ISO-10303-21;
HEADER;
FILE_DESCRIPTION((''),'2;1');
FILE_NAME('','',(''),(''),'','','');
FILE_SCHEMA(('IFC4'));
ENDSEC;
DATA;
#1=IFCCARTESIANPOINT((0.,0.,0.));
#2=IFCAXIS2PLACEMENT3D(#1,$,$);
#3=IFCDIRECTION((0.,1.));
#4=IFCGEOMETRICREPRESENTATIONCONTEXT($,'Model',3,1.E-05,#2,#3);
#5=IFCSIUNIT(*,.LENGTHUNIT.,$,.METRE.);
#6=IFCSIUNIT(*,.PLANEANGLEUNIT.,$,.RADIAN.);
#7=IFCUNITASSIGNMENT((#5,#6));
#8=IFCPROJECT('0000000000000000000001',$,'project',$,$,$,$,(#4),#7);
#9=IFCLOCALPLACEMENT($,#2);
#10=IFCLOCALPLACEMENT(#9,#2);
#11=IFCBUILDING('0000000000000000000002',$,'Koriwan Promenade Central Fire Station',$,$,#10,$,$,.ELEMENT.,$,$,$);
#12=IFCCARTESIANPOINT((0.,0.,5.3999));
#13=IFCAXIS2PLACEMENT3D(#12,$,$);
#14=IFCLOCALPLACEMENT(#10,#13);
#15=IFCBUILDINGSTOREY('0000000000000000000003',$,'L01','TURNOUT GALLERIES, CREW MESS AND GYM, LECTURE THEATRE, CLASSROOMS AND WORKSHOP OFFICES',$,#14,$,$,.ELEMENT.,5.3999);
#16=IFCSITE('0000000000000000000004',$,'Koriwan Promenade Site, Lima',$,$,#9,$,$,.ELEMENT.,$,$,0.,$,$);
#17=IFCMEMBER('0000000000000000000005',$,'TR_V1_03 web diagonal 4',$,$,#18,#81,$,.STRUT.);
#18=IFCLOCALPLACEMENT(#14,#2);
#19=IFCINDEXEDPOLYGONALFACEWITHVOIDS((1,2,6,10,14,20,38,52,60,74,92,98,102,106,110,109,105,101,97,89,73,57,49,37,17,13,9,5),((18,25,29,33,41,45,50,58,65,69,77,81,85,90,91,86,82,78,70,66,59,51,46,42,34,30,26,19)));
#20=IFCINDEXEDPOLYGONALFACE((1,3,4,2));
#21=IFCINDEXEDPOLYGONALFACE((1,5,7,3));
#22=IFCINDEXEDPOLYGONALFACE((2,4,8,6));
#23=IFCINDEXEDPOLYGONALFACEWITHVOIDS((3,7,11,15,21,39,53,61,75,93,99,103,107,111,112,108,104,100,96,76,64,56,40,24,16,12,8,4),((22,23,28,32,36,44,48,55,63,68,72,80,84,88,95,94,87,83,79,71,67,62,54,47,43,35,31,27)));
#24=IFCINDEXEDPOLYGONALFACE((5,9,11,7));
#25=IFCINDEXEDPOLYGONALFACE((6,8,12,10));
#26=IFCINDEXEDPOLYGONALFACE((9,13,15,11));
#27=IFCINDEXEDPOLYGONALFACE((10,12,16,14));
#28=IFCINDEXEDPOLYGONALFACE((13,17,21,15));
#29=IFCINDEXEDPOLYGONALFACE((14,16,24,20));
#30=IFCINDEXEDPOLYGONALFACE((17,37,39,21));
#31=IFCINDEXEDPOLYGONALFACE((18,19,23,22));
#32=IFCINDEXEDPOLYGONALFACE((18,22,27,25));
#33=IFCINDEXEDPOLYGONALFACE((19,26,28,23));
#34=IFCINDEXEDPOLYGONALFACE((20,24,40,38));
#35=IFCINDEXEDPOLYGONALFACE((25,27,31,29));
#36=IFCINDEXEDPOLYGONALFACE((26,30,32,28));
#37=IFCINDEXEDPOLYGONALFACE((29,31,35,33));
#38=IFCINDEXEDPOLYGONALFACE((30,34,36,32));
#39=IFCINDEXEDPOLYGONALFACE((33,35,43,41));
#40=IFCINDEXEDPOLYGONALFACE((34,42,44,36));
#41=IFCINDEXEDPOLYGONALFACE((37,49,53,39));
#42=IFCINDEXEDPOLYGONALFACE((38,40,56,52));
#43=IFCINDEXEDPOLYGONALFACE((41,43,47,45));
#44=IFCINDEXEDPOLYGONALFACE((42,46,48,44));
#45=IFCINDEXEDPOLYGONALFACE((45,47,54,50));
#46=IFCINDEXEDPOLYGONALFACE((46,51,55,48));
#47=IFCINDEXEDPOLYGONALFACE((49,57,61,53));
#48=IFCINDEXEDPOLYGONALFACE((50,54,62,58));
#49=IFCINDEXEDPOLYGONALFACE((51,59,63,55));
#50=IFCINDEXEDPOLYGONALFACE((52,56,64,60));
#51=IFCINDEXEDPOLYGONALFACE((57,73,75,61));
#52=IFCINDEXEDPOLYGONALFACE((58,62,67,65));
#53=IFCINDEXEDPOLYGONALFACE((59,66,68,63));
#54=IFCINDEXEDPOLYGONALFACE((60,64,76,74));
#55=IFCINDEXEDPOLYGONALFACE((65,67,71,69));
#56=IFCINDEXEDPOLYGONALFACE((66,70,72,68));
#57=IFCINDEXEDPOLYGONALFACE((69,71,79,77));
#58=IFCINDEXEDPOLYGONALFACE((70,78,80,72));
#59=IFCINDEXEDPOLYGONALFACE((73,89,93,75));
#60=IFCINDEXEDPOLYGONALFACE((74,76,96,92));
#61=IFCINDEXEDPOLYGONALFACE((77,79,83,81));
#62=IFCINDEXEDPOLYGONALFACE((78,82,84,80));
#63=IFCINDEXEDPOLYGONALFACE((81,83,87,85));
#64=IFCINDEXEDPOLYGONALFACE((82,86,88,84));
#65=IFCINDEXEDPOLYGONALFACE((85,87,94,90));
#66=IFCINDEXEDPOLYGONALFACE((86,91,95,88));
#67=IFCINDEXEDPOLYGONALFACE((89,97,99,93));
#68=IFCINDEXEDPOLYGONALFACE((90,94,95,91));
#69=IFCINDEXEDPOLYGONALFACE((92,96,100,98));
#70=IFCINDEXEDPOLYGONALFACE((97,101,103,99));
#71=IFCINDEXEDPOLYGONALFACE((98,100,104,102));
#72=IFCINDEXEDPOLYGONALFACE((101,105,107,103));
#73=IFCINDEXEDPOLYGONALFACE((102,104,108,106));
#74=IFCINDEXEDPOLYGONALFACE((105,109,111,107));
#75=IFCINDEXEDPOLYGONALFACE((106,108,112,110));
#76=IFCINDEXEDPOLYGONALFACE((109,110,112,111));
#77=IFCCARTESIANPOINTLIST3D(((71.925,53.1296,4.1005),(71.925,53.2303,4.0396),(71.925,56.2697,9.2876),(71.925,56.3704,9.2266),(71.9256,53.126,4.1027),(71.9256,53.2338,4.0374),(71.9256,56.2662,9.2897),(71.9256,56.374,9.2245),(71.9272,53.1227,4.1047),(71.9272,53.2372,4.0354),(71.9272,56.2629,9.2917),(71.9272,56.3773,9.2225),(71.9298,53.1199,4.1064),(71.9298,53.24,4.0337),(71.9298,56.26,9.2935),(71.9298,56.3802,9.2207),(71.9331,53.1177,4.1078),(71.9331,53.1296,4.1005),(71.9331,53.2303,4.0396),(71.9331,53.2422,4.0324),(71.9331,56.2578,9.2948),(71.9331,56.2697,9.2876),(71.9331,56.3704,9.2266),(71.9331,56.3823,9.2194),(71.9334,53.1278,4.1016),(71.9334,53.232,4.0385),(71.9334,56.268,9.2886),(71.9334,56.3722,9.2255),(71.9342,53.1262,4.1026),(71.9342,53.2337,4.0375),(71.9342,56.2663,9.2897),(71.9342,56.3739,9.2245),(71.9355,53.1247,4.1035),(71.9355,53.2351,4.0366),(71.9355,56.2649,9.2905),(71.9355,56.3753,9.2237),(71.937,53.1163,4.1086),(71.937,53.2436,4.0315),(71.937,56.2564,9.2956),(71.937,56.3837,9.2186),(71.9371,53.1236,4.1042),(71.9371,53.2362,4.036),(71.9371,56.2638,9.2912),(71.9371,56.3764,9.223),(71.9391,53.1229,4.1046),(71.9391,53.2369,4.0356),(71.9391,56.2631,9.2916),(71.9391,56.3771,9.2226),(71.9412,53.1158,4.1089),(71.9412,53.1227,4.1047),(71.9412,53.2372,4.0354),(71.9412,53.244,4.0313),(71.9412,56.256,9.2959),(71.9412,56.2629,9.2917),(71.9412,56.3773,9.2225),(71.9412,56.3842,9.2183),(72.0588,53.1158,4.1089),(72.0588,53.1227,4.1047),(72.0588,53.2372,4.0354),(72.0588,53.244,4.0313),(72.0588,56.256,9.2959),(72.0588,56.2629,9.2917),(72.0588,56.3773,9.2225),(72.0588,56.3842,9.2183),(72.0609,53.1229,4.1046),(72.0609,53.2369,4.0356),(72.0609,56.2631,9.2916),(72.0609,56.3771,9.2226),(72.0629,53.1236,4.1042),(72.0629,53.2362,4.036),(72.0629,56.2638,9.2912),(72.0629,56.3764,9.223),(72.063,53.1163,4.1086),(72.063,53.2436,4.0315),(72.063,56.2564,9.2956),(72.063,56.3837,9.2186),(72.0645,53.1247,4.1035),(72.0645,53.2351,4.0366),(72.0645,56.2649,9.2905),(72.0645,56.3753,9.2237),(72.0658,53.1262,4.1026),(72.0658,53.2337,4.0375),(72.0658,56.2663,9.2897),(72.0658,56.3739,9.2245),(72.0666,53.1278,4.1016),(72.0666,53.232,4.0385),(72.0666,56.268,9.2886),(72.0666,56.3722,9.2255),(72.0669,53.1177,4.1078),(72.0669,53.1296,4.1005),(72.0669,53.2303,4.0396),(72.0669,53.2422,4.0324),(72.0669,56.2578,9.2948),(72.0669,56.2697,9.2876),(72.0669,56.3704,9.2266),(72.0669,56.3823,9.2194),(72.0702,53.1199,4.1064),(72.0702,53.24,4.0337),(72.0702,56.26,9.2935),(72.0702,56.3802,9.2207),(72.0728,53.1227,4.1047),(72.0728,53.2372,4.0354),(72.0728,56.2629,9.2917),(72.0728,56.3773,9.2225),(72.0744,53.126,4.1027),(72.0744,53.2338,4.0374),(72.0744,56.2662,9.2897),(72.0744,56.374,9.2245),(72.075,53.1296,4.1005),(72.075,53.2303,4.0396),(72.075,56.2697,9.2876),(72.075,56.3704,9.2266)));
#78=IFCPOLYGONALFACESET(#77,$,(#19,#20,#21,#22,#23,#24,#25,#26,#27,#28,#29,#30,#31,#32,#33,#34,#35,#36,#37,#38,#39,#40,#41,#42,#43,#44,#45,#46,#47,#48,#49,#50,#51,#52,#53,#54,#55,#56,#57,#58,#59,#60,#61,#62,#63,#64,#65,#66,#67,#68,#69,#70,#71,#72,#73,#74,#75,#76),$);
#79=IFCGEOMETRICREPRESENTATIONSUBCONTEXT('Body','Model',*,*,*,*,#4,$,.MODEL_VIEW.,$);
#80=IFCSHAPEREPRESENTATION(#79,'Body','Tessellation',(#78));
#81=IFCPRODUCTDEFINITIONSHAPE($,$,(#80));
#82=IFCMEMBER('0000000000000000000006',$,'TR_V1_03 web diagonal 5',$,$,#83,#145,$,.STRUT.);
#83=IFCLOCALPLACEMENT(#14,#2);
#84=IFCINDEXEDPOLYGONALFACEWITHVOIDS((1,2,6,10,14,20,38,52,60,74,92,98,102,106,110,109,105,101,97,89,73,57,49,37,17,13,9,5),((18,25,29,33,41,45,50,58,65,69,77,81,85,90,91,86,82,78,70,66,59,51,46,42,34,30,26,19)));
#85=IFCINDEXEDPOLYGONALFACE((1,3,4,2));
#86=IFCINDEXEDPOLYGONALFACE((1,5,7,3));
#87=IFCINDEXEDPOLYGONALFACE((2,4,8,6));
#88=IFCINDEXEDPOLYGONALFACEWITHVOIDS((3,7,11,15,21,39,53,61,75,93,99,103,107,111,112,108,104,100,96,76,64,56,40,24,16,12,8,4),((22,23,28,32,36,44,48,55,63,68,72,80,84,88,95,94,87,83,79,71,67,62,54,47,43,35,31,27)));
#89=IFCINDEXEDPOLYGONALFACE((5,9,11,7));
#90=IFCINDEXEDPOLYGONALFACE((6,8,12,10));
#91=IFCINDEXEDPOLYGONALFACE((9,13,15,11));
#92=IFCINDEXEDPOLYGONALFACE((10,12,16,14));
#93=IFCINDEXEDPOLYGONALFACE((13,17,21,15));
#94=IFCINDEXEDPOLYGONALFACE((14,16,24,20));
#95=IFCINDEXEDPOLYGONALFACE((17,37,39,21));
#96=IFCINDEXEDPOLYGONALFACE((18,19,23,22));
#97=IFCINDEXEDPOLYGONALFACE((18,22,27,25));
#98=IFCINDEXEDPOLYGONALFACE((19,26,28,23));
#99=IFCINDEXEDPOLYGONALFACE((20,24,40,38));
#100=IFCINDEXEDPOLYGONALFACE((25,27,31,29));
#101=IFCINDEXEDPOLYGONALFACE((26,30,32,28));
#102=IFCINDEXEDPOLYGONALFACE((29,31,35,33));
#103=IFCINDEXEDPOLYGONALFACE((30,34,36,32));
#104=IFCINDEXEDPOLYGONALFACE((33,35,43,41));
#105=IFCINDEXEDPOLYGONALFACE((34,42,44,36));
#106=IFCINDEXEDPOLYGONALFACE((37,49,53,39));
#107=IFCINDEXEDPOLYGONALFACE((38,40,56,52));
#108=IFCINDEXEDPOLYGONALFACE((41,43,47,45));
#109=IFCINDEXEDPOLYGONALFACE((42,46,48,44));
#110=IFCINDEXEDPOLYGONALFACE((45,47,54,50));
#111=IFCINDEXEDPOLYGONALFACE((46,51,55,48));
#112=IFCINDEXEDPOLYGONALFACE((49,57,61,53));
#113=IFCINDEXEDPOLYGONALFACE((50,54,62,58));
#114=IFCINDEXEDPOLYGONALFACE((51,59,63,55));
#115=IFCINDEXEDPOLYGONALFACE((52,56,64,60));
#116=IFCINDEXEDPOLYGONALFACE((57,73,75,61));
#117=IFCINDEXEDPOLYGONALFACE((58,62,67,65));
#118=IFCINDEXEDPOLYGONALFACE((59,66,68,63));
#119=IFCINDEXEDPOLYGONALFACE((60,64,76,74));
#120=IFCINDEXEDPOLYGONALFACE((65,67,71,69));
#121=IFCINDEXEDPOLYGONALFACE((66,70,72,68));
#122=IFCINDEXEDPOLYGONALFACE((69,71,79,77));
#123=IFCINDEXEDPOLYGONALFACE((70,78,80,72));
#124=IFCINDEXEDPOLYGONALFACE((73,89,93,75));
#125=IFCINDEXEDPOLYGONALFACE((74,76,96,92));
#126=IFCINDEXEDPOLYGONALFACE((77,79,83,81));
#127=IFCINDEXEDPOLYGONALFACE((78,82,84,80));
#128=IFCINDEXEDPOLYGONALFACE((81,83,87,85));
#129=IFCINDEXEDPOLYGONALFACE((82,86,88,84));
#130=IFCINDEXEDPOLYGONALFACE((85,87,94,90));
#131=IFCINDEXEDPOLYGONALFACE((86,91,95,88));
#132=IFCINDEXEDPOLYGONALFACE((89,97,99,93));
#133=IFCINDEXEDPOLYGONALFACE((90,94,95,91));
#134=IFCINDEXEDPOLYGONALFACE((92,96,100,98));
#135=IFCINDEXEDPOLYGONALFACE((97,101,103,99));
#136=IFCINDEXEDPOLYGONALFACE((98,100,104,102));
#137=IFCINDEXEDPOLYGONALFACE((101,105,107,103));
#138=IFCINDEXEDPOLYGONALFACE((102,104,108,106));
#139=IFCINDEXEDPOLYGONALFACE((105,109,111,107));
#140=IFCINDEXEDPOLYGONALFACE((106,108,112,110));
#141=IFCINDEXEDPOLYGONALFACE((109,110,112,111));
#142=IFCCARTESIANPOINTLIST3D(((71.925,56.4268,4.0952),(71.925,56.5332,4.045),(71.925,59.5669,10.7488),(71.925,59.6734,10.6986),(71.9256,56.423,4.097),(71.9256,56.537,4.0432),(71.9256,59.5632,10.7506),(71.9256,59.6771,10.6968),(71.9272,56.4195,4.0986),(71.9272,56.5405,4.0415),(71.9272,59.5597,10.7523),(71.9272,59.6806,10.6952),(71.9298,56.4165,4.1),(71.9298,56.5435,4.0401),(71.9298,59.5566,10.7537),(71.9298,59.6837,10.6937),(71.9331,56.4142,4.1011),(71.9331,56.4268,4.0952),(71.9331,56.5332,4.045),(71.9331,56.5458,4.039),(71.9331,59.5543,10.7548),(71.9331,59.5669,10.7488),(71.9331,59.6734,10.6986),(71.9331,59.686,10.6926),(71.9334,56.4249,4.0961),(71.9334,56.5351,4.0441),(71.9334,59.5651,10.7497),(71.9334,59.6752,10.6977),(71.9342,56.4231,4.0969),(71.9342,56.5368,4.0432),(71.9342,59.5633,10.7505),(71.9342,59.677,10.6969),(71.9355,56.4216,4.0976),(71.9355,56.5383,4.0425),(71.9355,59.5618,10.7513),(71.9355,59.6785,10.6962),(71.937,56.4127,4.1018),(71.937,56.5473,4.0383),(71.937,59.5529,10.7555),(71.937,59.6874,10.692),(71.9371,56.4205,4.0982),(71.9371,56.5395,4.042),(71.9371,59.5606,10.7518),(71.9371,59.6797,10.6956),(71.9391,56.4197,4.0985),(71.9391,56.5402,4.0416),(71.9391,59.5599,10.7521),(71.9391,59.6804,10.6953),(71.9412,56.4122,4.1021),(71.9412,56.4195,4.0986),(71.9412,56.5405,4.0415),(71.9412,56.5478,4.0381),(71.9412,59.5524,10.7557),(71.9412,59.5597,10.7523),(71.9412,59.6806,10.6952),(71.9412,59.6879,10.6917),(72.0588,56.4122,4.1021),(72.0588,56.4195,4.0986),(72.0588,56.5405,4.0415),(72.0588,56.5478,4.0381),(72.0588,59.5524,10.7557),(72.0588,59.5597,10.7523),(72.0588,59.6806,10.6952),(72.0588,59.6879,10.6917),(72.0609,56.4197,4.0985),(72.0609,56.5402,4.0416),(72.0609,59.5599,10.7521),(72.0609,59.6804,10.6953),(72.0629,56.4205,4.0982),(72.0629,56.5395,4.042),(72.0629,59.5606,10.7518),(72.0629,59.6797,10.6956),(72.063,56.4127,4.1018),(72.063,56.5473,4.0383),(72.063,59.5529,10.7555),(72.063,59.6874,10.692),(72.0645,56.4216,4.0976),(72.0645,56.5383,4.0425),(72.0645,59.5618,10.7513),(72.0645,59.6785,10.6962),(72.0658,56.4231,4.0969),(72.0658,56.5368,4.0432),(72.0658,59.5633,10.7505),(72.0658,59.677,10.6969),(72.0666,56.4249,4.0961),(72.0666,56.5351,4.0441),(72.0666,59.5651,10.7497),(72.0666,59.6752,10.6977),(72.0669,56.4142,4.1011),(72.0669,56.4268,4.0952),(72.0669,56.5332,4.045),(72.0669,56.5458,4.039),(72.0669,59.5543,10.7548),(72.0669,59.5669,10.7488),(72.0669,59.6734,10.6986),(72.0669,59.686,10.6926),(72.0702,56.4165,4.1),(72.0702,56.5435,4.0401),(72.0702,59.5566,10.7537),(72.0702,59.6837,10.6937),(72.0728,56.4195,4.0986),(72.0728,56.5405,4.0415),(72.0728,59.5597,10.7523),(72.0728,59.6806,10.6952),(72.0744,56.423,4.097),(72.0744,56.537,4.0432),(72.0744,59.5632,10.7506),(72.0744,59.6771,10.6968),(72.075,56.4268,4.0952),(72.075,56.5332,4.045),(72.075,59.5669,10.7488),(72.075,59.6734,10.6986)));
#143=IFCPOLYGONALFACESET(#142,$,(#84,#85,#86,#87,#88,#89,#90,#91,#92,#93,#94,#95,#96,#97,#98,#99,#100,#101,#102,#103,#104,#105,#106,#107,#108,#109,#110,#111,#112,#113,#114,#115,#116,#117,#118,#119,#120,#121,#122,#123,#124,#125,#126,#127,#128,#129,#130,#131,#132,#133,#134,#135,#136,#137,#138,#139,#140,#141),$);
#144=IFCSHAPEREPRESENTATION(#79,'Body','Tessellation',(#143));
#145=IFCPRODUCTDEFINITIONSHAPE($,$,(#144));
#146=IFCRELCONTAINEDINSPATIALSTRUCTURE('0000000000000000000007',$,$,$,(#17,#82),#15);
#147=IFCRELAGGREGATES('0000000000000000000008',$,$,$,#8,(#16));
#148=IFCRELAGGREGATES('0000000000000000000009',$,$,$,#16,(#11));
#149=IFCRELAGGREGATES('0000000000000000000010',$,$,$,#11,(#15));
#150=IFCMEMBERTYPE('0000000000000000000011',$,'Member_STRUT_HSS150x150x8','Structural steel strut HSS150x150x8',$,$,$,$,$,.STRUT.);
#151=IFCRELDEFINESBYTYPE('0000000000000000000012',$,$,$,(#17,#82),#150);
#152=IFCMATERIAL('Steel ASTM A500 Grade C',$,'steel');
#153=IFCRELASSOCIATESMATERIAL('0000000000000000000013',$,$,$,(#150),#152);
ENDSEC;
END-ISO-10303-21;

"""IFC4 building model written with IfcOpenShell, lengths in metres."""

from ifc_helpers import new_model, si_unit, direction, frame, origin, origin_2d, place, context, subcontext, project, spatial, hollow_rectangle, extrude, material, material_profile, profile_set, type_object, element, save


model = new_model("IFC4")

# Units and contexts
model_context = context("Model", 3, precision=1e-05, world=origin(), true_north=direction((0.0, 1.0)))
body_context = subcontext(model_context, "Body", "Model", "MODEL_VIEW")
ifc_project = project(units=[si_unit("LENGTHUNIT", "METRE"), si_unit("PLANEANGLEUNIT", "RADIAN")], contexts=[model_context])

# Site, building, storey
site_placement = place(None, origin())
site = spatial("IfcSite", under=ifc_project, at=site_placement, Name="Koriwan Promenade Site, Lima", CompositionType="ELEMENT", RefElevation=0.0)
building_placement = place(site_placement, origin())
building = spatial("IfcBuilding", under=site, at=building_placement, Name="Koriwan Promenade Central Fire Station", CompositionType="ELEMENT")
storey_placement = place(building_placement, frame((0.0, 0.0, 5.3999)))
storey = spatial("IfcBuildingStorey", under=building, at=storey_placement, Name="L01", Description="TURNOUT GALLERIES, CREW MESS AND GYM, LECTURE THEATRE, CLASSROOMS AND WORKSHOP OFFICES", CompositionType="ELEMENT", Elevation=5.3999)

# Members
ifc_material_1 = material(Name="Steel ASTM A500 Grade C", Category="steel")
ifc_material_profile_1 = material_profile(ifc_material_1, hollow_rectangle(XDim=0.1499, YDim=0.1499, WallThickness=0.0081, InnerFilletRadius=0.0081, OuterFilletRadius=0.0161, at=origin_2d()), Name="HSS150x150x8")
ifc_profile_set_1 = profile_set([ifc_material_profile_1], Name="Steel ASTM A500 Grade C")
member_type = type_object("IfcMemberType", Name="Member_STRUT_HSS150x150x8", Description="Structural steel strut HSS150x150x8", PredefinedType="STRUT", material=ifc_profile_set_1)
member_1_placement = place(storey_placement, frame((72.0, 53.1799, 4.0701), z_axis=(0.0, 0.517879, 0.855454), x_axis=(-1.0, 0.0, 0.0)))
element("IfcMember", 1, at=member_1_placement, inside=storey, type_object=member_type, Name="TR_V1_03 web diagonal 4", PredefinedType="STRUT", context=body_context, shape_type="SweptSolid", body=[
    extrude(hollow_rectangle(XDim=0.1499, YDim=0.1499, WallThickness=0.0081, InnerFilletRadius=0.0081, OuterFilletRadius=0.0161, at=origin_2d()), origin(), (0.0, 0.0, 1.0), 6.0635),
])
member_2_placement = place(storey_placement, frame((72.0, 56.48, 4.0701), z_axis=(0.0, 0.426804, 0.904344), x_axis=(-1.0, 0.0, 0.0)))
element("IfcMember", 2, at=member_2_placement, inside=storey, type_object=member_type, Name="TR_V1_03 web diagonal 5", PredefinedType="STRUT", context=body_context, shape_type="SweptSolid", body=[
    extrude(hollow_rectangle(XDim=0.1499, YDim=0.1499, WallThickness=0.0081, InnerFilletRadius=0.0081, OuterFilletRadius=0.0161, at=origin_2d()), origin(), (0.0, 0.0, 1.0), 7.3574),
])

save(model, "model.ifc")
